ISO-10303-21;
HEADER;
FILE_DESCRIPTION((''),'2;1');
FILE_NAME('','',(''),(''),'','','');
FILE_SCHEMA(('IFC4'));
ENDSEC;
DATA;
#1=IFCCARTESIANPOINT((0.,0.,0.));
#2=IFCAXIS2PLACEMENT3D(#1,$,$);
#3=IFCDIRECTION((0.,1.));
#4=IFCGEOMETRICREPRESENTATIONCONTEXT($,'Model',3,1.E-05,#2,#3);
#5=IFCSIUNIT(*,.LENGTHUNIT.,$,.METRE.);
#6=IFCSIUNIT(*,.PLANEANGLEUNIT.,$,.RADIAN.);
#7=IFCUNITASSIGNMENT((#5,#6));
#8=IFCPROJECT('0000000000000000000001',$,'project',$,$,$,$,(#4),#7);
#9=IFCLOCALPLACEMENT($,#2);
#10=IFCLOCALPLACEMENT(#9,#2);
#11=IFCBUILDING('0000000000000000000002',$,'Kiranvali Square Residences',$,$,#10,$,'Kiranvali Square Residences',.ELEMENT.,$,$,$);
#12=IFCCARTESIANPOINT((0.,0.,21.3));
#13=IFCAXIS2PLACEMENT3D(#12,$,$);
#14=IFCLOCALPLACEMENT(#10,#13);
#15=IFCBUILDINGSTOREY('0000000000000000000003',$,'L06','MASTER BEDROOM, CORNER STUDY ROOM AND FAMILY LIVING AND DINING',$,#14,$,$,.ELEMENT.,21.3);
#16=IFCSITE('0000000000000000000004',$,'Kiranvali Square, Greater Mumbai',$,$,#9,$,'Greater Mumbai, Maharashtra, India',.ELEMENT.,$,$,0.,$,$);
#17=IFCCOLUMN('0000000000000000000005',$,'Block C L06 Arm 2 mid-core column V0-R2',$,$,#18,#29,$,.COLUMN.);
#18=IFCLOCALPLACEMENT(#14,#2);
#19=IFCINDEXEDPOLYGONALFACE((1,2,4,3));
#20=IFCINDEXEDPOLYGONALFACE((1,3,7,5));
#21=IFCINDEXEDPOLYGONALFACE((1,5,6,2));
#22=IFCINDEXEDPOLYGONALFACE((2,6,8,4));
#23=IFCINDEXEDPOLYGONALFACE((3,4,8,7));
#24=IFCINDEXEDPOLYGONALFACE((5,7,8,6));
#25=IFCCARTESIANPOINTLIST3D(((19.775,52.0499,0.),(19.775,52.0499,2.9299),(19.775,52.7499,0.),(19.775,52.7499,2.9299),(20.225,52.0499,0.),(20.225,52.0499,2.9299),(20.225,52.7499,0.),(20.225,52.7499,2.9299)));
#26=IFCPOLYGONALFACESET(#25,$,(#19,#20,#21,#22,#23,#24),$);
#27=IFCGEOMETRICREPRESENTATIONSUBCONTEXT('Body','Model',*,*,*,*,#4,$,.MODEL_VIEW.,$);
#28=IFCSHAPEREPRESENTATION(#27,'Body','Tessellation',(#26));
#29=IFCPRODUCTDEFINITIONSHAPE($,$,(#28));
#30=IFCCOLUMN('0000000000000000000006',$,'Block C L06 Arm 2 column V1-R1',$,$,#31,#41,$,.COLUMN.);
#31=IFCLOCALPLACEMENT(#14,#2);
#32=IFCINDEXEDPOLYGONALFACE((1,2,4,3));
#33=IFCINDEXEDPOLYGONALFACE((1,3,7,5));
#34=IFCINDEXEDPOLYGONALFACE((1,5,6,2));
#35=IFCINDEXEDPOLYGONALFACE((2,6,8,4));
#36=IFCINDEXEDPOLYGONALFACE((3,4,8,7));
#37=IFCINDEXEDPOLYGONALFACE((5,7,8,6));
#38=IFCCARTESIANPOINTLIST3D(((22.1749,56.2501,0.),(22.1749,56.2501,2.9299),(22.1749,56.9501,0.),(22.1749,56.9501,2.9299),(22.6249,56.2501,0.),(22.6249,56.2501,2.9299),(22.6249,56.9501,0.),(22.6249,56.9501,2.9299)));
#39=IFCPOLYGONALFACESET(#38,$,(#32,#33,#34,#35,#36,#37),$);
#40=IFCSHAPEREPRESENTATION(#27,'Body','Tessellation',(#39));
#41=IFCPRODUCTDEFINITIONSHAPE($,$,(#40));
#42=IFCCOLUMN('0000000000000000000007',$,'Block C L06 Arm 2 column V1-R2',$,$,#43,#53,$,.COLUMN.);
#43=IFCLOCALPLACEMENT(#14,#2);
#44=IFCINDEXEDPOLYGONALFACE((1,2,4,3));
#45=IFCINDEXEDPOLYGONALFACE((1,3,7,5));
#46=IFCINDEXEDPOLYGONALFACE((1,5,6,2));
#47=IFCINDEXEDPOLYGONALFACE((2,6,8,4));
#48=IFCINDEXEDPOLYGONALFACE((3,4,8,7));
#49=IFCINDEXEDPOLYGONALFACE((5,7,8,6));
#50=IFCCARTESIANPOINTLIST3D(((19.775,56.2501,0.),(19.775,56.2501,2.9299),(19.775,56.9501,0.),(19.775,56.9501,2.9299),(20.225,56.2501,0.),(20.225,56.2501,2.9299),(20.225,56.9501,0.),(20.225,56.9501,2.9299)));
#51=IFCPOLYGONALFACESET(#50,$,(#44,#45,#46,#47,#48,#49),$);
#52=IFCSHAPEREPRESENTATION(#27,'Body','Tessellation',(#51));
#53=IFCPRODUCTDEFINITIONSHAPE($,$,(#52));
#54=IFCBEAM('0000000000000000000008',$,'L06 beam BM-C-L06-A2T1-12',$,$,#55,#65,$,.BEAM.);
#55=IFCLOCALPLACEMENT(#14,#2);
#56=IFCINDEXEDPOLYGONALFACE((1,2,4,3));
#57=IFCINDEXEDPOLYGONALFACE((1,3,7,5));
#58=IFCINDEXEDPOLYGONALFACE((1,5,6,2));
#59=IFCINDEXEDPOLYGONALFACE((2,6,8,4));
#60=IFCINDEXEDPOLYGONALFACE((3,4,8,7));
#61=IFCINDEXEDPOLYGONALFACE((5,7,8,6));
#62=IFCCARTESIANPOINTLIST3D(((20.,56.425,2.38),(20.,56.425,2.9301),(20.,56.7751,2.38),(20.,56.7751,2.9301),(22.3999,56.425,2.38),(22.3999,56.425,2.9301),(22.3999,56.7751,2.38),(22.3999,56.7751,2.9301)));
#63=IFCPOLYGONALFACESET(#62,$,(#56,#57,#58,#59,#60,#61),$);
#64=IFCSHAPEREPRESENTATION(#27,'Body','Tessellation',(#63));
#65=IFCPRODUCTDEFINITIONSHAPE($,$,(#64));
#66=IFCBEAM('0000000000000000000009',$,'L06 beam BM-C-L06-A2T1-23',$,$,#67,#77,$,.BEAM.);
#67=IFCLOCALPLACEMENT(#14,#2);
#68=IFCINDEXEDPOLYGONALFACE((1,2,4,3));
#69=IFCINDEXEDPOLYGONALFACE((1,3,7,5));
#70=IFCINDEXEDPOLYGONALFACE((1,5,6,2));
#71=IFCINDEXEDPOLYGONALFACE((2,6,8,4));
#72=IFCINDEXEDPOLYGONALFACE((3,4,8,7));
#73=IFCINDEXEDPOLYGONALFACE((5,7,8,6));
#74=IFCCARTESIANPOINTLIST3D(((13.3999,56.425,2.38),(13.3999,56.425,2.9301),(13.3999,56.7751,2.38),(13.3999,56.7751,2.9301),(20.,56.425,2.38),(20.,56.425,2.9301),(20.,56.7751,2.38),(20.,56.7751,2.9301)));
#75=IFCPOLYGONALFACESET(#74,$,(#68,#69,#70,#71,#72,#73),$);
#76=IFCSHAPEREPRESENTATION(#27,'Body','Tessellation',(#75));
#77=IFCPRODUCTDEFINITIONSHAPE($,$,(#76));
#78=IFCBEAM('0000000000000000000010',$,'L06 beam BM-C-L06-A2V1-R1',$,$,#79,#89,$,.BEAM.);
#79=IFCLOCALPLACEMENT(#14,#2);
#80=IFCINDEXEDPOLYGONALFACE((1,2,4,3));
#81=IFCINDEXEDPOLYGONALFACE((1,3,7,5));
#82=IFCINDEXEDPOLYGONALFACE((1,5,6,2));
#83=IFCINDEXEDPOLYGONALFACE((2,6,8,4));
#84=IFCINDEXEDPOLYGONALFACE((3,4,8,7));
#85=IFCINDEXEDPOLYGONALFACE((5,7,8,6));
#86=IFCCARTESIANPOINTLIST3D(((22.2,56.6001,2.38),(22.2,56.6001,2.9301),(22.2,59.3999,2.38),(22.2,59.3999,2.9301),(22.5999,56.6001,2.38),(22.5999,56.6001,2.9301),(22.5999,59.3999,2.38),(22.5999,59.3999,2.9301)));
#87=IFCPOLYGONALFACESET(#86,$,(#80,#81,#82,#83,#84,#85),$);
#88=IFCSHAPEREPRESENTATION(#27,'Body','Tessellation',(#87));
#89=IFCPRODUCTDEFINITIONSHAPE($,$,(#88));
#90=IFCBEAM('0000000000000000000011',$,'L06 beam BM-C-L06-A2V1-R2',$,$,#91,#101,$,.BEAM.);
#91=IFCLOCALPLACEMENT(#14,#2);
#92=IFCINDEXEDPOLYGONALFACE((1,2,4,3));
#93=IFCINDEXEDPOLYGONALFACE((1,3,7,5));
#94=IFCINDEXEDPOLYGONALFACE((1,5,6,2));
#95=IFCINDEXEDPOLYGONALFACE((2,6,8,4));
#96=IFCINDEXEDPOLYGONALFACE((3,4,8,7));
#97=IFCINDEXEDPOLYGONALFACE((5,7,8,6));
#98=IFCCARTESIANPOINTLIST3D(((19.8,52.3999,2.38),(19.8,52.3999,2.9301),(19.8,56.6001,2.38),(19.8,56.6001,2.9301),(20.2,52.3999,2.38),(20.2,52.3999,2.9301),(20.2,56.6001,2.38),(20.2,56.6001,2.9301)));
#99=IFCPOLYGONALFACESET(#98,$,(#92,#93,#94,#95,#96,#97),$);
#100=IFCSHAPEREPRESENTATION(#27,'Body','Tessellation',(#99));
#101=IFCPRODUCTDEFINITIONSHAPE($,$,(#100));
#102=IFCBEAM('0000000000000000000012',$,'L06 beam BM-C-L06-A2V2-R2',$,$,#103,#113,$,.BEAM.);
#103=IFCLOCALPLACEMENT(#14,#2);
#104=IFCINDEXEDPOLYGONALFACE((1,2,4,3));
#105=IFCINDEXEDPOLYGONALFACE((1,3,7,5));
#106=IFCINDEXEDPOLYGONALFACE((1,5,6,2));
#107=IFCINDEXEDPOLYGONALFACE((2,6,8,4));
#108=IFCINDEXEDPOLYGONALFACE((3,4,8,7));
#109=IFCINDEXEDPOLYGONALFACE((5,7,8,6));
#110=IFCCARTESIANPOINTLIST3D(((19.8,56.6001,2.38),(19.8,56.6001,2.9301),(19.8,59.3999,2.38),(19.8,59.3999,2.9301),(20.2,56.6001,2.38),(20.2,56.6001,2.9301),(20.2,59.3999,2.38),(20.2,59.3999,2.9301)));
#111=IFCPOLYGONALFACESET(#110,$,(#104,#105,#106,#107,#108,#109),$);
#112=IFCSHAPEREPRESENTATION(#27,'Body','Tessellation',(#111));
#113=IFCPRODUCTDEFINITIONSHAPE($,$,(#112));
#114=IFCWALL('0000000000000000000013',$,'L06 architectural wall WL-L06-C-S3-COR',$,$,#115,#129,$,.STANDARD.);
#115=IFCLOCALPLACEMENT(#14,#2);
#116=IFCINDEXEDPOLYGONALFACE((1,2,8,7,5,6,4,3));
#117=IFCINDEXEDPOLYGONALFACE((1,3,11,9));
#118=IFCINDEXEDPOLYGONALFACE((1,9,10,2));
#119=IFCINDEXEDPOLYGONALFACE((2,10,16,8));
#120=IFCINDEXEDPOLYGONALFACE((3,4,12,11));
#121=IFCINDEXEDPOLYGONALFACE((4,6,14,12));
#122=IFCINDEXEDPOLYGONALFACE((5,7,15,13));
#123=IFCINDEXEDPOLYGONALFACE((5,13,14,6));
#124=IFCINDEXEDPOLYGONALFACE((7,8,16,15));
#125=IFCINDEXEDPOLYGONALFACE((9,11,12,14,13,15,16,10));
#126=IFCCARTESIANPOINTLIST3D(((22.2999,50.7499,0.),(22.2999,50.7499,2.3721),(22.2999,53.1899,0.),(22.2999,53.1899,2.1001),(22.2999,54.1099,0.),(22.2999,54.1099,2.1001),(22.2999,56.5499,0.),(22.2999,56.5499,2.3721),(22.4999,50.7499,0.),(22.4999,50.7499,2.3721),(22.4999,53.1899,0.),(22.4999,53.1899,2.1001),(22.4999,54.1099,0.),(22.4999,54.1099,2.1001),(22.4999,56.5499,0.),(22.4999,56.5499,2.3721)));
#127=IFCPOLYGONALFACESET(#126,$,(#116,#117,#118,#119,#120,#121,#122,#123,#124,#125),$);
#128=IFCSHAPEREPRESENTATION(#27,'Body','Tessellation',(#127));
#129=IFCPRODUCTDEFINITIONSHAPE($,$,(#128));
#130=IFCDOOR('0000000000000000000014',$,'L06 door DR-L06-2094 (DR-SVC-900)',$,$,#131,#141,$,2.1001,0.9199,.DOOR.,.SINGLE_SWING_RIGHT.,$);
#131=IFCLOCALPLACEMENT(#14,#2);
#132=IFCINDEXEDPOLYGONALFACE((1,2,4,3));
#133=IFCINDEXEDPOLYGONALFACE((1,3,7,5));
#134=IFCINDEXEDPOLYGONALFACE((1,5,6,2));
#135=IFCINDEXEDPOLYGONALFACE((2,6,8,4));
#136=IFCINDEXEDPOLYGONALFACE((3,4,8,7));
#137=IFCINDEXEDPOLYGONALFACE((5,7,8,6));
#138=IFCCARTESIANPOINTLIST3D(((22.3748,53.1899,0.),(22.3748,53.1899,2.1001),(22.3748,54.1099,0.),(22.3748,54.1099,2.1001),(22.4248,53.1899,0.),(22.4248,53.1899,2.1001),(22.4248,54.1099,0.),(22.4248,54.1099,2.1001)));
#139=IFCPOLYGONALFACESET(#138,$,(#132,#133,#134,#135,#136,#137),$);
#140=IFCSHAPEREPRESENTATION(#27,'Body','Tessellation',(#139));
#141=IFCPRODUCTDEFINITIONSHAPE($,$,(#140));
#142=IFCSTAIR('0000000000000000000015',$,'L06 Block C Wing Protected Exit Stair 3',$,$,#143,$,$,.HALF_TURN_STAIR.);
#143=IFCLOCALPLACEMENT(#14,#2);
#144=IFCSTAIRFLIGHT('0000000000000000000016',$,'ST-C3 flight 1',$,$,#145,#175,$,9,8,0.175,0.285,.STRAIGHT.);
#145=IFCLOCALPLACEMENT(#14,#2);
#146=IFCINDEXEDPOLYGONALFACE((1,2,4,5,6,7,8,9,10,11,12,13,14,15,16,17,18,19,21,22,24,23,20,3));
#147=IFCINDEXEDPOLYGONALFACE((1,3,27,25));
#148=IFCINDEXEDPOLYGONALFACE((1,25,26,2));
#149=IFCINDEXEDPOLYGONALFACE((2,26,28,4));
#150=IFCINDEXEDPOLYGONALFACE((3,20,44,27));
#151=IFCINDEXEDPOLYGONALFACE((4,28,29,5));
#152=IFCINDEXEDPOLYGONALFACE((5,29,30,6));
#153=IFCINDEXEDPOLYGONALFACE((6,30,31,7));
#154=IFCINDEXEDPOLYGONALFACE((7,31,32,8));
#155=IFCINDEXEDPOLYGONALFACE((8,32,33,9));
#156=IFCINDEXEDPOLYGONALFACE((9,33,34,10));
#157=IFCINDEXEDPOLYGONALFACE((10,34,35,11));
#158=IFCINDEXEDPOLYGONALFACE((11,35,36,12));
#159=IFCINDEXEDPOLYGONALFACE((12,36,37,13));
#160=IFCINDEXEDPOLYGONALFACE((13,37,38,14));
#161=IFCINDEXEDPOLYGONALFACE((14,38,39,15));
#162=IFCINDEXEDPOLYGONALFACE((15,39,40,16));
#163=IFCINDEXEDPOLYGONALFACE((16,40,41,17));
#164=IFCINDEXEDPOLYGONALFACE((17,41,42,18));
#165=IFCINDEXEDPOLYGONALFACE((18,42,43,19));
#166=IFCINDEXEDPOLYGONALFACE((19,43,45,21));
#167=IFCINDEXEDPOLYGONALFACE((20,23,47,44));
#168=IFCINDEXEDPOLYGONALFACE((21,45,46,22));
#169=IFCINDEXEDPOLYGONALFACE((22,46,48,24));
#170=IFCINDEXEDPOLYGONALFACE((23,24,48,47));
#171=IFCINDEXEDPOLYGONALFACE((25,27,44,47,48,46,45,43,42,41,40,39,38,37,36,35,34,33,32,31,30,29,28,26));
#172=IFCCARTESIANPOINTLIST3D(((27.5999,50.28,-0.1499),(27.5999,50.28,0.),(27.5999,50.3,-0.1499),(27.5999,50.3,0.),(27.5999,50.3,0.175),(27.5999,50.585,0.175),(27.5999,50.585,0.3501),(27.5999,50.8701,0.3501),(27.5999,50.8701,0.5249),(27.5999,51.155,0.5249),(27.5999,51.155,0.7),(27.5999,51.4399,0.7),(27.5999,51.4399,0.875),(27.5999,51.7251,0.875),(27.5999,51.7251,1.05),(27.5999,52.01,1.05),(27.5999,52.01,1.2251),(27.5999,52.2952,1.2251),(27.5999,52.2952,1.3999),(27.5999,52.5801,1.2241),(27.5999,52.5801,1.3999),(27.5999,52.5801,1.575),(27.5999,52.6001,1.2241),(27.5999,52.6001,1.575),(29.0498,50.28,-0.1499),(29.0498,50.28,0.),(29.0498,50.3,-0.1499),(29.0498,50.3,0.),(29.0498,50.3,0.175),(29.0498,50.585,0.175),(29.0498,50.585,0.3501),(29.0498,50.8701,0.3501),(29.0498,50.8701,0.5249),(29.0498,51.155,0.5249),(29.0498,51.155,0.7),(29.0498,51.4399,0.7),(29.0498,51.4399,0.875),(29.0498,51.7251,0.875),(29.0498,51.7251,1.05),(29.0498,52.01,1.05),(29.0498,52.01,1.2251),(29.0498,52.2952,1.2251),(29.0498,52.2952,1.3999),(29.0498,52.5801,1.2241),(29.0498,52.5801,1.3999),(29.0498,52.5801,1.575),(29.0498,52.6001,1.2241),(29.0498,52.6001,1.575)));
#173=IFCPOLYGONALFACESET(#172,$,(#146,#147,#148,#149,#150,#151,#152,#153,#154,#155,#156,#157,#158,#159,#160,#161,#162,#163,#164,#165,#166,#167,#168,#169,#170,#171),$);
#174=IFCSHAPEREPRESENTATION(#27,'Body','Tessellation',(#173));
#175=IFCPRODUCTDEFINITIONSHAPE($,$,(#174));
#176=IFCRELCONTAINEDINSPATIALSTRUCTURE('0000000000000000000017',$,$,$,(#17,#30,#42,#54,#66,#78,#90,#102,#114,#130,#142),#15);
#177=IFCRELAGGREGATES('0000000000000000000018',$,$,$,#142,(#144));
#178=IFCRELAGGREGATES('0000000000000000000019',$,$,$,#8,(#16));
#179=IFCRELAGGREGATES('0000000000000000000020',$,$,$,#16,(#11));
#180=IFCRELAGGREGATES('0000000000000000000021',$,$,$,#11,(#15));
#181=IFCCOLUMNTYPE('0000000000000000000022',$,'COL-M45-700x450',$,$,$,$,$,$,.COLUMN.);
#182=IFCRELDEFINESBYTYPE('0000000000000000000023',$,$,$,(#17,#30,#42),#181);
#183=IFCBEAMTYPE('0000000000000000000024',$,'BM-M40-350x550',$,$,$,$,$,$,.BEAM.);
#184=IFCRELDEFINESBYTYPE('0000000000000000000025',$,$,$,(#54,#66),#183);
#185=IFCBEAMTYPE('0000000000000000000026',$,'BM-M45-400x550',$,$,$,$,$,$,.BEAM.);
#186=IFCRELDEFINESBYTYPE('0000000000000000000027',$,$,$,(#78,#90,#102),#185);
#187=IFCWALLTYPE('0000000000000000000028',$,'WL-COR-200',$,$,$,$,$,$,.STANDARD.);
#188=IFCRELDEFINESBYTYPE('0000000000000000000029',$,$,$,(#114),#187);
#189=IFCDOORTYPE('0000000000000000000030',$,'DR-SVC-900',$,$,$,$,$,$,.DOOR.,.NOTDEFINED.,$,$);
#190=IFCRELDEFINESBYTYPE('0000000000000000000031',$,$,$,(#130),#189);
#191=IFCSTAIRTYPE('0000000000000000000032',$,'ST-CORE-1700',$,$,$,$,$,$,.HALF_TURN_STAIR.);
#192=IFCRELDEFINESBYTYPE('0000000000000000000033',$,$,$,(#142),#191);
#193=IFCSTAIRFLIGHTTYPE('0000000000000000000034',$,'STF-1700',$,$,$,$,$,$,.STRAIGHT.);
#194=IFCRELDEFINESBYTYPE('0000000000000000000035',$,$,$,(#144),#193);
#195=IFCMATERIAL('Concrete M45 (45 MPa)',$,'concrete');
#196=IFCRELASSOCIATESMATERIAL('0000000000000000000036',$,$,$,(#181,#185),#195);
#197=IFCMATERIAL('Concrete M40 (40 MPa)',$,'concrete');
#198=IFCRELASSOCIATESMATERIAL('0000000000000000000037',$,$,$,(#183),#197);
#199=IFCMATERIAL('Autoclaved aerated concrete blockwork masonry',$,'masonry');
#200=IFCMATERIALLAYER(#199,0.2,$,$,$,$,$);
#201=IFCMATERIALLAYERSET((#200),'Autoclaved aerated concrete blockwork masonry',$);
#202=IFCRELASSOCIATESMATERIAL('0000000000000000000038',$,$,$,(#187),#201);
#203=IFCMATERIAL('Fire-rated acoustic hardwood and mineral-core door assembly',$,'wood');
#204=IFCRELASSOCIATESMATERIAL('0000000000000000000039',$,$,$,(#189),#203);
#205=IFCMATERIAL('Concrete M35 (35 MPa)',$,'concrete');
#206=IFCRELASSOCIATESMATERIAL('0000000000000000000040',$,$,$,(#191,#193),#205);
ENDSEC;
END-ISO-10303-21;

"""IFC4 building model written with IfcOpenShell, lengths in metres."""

from ifc_helpers import new_model, si_unit, direction, frame, frame_2d, origin, origin_2d, place, context, subcontext, project, spatial, polyline, rectangle, outline, extrude, material, layer, layer_set, material_profile, profile_set, type_object, element, fill, aggregate, save


model = new_model("IFC4")

# Units and contexts
model_context = context("Model", 3, precision=1e-05, world=origin(), true_north=direction((0.0, 1.0)))
body_context = subcontext(model_context, "Body", "Model", "MODEL_VIEW")
ifc_project = project(units=[si_unit("LENGTHUNIT", "METRE"), si_unit("PLANEANGLEUNIT", "RADIAN")], contexts=[model_context])

# Site, building, storey
site_placement = place(None, origin())
site = spatial("IfcSite", under=ifc_project, at=site_placement, Name="Kiranvali Square, Greater Mumbai", LongName="Greater Mumbai, Maharashtra, India", CompositionType="ELEMENT", RefElevation=0.0)
building_placement = place(site_placement, origin())
building = spatial("IfcBuilding", under=site, at=building_placement, Name="Kiranvali Square Residences", LongName="Kiranvali Square Residences", CompositionType="ELEMENT")
storey_placement = place(building_placement, frame((0.0, 0.0, 21.3)))
storey = spatial("IfcBuildingStorey", under=building, at=storey_placement, Name="L06", Description="MASTER BEDROOM, CORNER STUDY ROOM AND FAMILY LIVING AND DINING", CompositionType="ELEMENT", Elevation=21.3)

# Columns
ifc_material_1 = material(Name="Concrete M45 (45 MPa)", Category="concrete")
ifc_material_profile_1 = material_profile(ifc_material_1, rectangle(XDim=0.45, YDim=0.7, at=origin_2d()), Name="RC 700x450")
ifc_profile_set_1 = profile_set([ifc_material_profile_1], Name="Concrete M45 (45 MPa)")
column_type = type_object("IfcColumnType", Name="COL-M45-700x450", PredefinedType="COLUMN", material=ifc_profile_set_1)
for number, where, z_axis, x_axis, name in (
    (1, (20.0, 52.3999, 0.0), (0.0, 0.0, 1.0), (1.0, 0.0, 0.0), "Block C L06 Arm 2 mid-core column V0-R2"),
    (2, (22.3999, 56.6001, 0.0), (0.0, 0.0, 1.0), (1.0, 0.0, 0.0), "Block C L06 Arm 2 column V1-R1"),
    (3, (20.0, 56.6001, 0.0), (0.0, 0.0, 1.0), (1.0, 0.0, 0.0), "Block C L06 Arm 2 column V1-R2"),
):
    element("IfcColumn", number, at=place(storey_placement, frame(where, z_axis=z_axis, x_axis=x_axis)), inside=storey, type_object=column_type, Name=name, PredefinedType="COLUMN", context=body_context, shape_type="SweptSolid", body=[
        extrude(rectangle(XDim=0.45, YDim=0.7, at=origin_2d()), origin(), (0.0, 0.0, 1.0), 2.9299),
    ])

# Beams
ifc_material_2 = material(Name="Concrete M40 (40 MPa)", Category="concrete")
ifc_material_profile_2 = material_profile(ifc_material_2, rectangle(XDim=0.3501, YDim=0.55, at=origin_2d()), Name="RC 350x550")
ifc_profile_set_2 = profile_set([ifc_material_profile_2], Name="Concrete M40 (40 MPa)")
beam_type_1 = type_object("IfcBeamType", Name="BM-M40-350x550", PredefinedType="BEAM", material=ifc_profile_set_2)
beam_1_placement = place(storey_placement, frame((22.3999, 56.6001, 2.655), z_axis=(-1.0, 0.0, 0.0), x_axis=(0.0, -1.0, 0.0)))
element("IfcBeam", 4, at=beam_1_placement, inside=storey, type_object=beam_type_1, Name="L06 beam BM-C-L06-A2T1-12", PredefinedType="BEAM", context=body_context, shape_type="SweptSolid", body=[
    extrude(rectangle(XDim=0.3501, YDim=0.55, at=origin_2d()), origin(), (0.0, 0.0, 1.0), 2.3999),
])
beam_2_placement = place(storey_placement, frame((20.0, 56.6001, 2.655), z_axis=(-1.0, 0.0, 0.0), x_axis=(0.0, -1.0, 0.0)))
element("IfcBeam", 5, at=beam_2_placement, inside=storey, type_object=beam_type_1, Name="L06 beam BM-C-L06-A2T1-23", PredefinedType="BEAM", context=body_context, shape_type="SweptSolid", body=[
    extrude(rectangle(XDim=0.3501, YDim=0.55, at=origin_2d()), origin(), (0.0, 0.0, 1.0), 6.6001),
])
ifc_material_profile_3 = material_profile(ifc_material_1, rectangle(XDim=0.3999, YDim=0.55, at=origin_2d()), Name="RC 400x550")
ifc_profile_set_3 = profile_set([ifc_material_profile_3], Name="Concrete M45 (45 MPa)")
beam_type_2 = type_object("IfcBeamType", Name="BM-M45-400x550", PredefinedType="BEAM", material=ifc_profile_set_3)
beam_3_placement = place(storey_placement, frame((22.3999, 56.6001, 2.655), z_axis=(0.0, 1.0, 0.0), x_axis=(-1.0, 0.0, 0.0)))
element("IfcBeam", 6, at=beam_3_placement, inside=storey, type_object=beam_type_2, Name="L06 beam BM-C-L06-A2V1-R1", PredefinedType="BEAM", context=body_context, shape_type="SweptSolid", body=[
    extrude(rectangle(XDim=0.3999, YDim=0.55, at=origin_2d()), origin(), (0.0, 0.0, 1.0), 2.7998),
])
beam_4_placement = place(storey_placement, frame((20.0, 52.3999, 2.655), z_axis=(0.0, 1.0, 0.0), x_axis=(-1.0, 0.0, 0.0)))
element("IfcBeam", 7, at=beam_4_placement, inside=storey, type_object=beam_type_2, Name="L06 beam BM-C-L06-A2V1-R2", PredefinedType="BEAM", context=body_context, shape_type="SweptSolid", body=[
    extrude(rectangle(XDim=0.3999, YDim=0.55, at=origin_2d()), origin(), (0.0, 0.0, 1.0), 4.2002),
])
beam_5_placement = place(storey_placement, frame((20.0, 56.6001, 2.655), z_axis=(0.0, 1.0, 0.0), x_axis=(-1.0, 0.0, 0.0)))
element("IfcBeam", 8, at=beam_5_placement, inside=storey, type_object=beam_type_2, Name="L06 beam BM-C-L06-A2V2-R2", PredefinedType="BEAM", context=body_context, shape_type="SweptSolid", body=[
    extrude(rectangle(XDim=0.3999, YDim=0.55, at=origin_2d()), origin(), (0.0, 0.0, 1.0), 2.7998),
])

# Wall, opening, door
ifc_material_3 = material(Name="Autoclaved aerated concrete blockwork masonry", Category="masonry")
ifc_layer = layer(ifc_material_3, 0.2)
ifc_layer_set = layer_set([ifc_layer], Name="Autoclaved aerated concrete blockwork masonry")
wall_type = type_object("IfcWallType", Name="WL-COR-200", PredefinedType="STANDARD", material=ifc_layer_set)
ifc_material_4 = material(Name="Fire-rated acoustic hardwood and mineral-core door assembly", Category="wood")
wall_1_placement = place(storey_placement, frame((22.3999, 50.75, 0.0), z_axis=(0.0, 0.0, 1.0), x_axis=(0.0, 1.0, 0.0)))
wall_1 = element("IfcWall", 9, at=wall_1_placement, inside=storey, type_object=wall_type, Name="L06 architectural wall WL-L06-C-S3-COR", PredefinedType="STANDARD", context=body_context, shape_type="SweptSolid", body=[
    extrude(rectangle(XDim=5.8, YDim=0.2, at=frame_2d((2.8999, 0.0))), origin(), (0.0, 0.0, 1.0), 2.3721),
])
opening_1_placement = place(wall_1_placement, frame((2.4399, 0.0, 0.0)))
opening_1 = element("IfcOpeningElement", 10, at=opening_1_placement, cuts=wall_1, PredefinedType="OPENING", context=body_context, shape_type="SweptSolid", body=[
    extrude(rectangle(XDim=0.9199, YDim=2.1001, at=frame_2d((0.46, 1.05))), frame((0.0, 0.1099, 0.0), z_axis=(0.0, -1.0, 0.0), x_axis=(1.0, 0.0, 0.0)), (0.0, 0.0, 1.0), 0.22),
])
door_type_1 = type_object("IfcDoorType", Name="DR-SVC-900", OperationType="NOTDEFINED", PredefinedType="DOOR", material=ifc_material_4)
door_1_placement = place(opening_1_placement, frame((0.9199, 0.0, 0.0), z_axis=(0.0, 0.0, 1.0), x_axis=(-1.0, 0.0, 0.0)))
door_1 = element("IfcDoor", 11, at=door_1_placement, inside=storey, type_object=door_type_1, Name="L06 door DR-L06-2094 (DR-SVC-900)", OperationType="SINGLE_SWING_RIGHT", OverallHeight=2.1001, OverallWidth=0.9199, PredefinedType="DOOR", context=body_context, shape_type="SweptSolid", body=[
    extrude(rectangle(XDim=0.9199, YDim=2.1001, at=frame_2d((0.46, 1.05))), frame((0.0, 0.0249, 0.0), z_axis=(0.0, -1.0, 0.0), x_axis=(1.0, 0.0, 0.0)), (0.0, 0.0, 1.0), 0.05),
])
fill(opening_1, door_1)

# Stair, stair flight
ifc_material_5 = material(Name="Concrete M35 (35 MPa)", Category="concrete")
stair_type = type_object("IfcStairType", Name="ST-CORE-1700", PredefinedType="HALF_TURN_STAIR", material=ifc_material_5)
stair_placement = place(storey_placement, origin())
stair = element("IfcStair", 12, at=stair_placement, inside=storey, type_object=stair_type, Name="L06 Block C Wing Protected Exit Stair 3", PredefinedType="HALF_TURN_STAIR")
stair_flight_type = type_object("IfcStairFlightType", Name="STF-1700", PredefinedType="STRAIGHT", material=ifc_material_5)
stair_flight_1_placement = place(storey_placement, frame((28.325, 50.3, 0.0), z_axis=(0.0, 0.0, 1.0), x_axis=(0.0, 1.0, 0.0)))
stair_flight_1 = element("IfcStairFlight", 13, at=stair_flight_1_placement, type_object=stair_flight_type, Name="ST-C3 flight 1", NumberOfRisers=9, NumberOfTreads=8, PredefinedType="STRAIGHT", RiserHeight=0.175, TreadLength=0.285, context=body_context, shape_type="SweptSolid", body=[
    extrude(outline(polyline([(-0.02, -0.1499), (-0.02, 0.0), (0.0, 0.0), (0.0, 0.175), (0.2849, 0.175), (0.2849, 0.3501), (0.5701, 0.3501), (0.5701, 0.5249), (0.855, 0.5249), (0.855, 0.7), (1.1399, 0.7), (1.1399, 0.875), (1.425, 0.875), (1.425, 1.05), (1.71, 1.05), (1.71, 1.2251), (1.9951, 1.2251), (1.9951, 1.3999), (2.28, 1.3999), (2.28, 1.575), (2.3, 1.575), (2.3, 1.2241), (2.28, 1.2241), (0.0, -0.1499), (-0.02, -0.1499)])), frame((0.0, 0.7251, 0.0), z_axis=(0.0, -1.0, 0.0), x_axis=(1.0, 0.0, 0.0)), (0.0, 0.0, 1.0), 1.45),
])
aggregate(stair, [stair_flight_1])

save(model, "model.ifc")
